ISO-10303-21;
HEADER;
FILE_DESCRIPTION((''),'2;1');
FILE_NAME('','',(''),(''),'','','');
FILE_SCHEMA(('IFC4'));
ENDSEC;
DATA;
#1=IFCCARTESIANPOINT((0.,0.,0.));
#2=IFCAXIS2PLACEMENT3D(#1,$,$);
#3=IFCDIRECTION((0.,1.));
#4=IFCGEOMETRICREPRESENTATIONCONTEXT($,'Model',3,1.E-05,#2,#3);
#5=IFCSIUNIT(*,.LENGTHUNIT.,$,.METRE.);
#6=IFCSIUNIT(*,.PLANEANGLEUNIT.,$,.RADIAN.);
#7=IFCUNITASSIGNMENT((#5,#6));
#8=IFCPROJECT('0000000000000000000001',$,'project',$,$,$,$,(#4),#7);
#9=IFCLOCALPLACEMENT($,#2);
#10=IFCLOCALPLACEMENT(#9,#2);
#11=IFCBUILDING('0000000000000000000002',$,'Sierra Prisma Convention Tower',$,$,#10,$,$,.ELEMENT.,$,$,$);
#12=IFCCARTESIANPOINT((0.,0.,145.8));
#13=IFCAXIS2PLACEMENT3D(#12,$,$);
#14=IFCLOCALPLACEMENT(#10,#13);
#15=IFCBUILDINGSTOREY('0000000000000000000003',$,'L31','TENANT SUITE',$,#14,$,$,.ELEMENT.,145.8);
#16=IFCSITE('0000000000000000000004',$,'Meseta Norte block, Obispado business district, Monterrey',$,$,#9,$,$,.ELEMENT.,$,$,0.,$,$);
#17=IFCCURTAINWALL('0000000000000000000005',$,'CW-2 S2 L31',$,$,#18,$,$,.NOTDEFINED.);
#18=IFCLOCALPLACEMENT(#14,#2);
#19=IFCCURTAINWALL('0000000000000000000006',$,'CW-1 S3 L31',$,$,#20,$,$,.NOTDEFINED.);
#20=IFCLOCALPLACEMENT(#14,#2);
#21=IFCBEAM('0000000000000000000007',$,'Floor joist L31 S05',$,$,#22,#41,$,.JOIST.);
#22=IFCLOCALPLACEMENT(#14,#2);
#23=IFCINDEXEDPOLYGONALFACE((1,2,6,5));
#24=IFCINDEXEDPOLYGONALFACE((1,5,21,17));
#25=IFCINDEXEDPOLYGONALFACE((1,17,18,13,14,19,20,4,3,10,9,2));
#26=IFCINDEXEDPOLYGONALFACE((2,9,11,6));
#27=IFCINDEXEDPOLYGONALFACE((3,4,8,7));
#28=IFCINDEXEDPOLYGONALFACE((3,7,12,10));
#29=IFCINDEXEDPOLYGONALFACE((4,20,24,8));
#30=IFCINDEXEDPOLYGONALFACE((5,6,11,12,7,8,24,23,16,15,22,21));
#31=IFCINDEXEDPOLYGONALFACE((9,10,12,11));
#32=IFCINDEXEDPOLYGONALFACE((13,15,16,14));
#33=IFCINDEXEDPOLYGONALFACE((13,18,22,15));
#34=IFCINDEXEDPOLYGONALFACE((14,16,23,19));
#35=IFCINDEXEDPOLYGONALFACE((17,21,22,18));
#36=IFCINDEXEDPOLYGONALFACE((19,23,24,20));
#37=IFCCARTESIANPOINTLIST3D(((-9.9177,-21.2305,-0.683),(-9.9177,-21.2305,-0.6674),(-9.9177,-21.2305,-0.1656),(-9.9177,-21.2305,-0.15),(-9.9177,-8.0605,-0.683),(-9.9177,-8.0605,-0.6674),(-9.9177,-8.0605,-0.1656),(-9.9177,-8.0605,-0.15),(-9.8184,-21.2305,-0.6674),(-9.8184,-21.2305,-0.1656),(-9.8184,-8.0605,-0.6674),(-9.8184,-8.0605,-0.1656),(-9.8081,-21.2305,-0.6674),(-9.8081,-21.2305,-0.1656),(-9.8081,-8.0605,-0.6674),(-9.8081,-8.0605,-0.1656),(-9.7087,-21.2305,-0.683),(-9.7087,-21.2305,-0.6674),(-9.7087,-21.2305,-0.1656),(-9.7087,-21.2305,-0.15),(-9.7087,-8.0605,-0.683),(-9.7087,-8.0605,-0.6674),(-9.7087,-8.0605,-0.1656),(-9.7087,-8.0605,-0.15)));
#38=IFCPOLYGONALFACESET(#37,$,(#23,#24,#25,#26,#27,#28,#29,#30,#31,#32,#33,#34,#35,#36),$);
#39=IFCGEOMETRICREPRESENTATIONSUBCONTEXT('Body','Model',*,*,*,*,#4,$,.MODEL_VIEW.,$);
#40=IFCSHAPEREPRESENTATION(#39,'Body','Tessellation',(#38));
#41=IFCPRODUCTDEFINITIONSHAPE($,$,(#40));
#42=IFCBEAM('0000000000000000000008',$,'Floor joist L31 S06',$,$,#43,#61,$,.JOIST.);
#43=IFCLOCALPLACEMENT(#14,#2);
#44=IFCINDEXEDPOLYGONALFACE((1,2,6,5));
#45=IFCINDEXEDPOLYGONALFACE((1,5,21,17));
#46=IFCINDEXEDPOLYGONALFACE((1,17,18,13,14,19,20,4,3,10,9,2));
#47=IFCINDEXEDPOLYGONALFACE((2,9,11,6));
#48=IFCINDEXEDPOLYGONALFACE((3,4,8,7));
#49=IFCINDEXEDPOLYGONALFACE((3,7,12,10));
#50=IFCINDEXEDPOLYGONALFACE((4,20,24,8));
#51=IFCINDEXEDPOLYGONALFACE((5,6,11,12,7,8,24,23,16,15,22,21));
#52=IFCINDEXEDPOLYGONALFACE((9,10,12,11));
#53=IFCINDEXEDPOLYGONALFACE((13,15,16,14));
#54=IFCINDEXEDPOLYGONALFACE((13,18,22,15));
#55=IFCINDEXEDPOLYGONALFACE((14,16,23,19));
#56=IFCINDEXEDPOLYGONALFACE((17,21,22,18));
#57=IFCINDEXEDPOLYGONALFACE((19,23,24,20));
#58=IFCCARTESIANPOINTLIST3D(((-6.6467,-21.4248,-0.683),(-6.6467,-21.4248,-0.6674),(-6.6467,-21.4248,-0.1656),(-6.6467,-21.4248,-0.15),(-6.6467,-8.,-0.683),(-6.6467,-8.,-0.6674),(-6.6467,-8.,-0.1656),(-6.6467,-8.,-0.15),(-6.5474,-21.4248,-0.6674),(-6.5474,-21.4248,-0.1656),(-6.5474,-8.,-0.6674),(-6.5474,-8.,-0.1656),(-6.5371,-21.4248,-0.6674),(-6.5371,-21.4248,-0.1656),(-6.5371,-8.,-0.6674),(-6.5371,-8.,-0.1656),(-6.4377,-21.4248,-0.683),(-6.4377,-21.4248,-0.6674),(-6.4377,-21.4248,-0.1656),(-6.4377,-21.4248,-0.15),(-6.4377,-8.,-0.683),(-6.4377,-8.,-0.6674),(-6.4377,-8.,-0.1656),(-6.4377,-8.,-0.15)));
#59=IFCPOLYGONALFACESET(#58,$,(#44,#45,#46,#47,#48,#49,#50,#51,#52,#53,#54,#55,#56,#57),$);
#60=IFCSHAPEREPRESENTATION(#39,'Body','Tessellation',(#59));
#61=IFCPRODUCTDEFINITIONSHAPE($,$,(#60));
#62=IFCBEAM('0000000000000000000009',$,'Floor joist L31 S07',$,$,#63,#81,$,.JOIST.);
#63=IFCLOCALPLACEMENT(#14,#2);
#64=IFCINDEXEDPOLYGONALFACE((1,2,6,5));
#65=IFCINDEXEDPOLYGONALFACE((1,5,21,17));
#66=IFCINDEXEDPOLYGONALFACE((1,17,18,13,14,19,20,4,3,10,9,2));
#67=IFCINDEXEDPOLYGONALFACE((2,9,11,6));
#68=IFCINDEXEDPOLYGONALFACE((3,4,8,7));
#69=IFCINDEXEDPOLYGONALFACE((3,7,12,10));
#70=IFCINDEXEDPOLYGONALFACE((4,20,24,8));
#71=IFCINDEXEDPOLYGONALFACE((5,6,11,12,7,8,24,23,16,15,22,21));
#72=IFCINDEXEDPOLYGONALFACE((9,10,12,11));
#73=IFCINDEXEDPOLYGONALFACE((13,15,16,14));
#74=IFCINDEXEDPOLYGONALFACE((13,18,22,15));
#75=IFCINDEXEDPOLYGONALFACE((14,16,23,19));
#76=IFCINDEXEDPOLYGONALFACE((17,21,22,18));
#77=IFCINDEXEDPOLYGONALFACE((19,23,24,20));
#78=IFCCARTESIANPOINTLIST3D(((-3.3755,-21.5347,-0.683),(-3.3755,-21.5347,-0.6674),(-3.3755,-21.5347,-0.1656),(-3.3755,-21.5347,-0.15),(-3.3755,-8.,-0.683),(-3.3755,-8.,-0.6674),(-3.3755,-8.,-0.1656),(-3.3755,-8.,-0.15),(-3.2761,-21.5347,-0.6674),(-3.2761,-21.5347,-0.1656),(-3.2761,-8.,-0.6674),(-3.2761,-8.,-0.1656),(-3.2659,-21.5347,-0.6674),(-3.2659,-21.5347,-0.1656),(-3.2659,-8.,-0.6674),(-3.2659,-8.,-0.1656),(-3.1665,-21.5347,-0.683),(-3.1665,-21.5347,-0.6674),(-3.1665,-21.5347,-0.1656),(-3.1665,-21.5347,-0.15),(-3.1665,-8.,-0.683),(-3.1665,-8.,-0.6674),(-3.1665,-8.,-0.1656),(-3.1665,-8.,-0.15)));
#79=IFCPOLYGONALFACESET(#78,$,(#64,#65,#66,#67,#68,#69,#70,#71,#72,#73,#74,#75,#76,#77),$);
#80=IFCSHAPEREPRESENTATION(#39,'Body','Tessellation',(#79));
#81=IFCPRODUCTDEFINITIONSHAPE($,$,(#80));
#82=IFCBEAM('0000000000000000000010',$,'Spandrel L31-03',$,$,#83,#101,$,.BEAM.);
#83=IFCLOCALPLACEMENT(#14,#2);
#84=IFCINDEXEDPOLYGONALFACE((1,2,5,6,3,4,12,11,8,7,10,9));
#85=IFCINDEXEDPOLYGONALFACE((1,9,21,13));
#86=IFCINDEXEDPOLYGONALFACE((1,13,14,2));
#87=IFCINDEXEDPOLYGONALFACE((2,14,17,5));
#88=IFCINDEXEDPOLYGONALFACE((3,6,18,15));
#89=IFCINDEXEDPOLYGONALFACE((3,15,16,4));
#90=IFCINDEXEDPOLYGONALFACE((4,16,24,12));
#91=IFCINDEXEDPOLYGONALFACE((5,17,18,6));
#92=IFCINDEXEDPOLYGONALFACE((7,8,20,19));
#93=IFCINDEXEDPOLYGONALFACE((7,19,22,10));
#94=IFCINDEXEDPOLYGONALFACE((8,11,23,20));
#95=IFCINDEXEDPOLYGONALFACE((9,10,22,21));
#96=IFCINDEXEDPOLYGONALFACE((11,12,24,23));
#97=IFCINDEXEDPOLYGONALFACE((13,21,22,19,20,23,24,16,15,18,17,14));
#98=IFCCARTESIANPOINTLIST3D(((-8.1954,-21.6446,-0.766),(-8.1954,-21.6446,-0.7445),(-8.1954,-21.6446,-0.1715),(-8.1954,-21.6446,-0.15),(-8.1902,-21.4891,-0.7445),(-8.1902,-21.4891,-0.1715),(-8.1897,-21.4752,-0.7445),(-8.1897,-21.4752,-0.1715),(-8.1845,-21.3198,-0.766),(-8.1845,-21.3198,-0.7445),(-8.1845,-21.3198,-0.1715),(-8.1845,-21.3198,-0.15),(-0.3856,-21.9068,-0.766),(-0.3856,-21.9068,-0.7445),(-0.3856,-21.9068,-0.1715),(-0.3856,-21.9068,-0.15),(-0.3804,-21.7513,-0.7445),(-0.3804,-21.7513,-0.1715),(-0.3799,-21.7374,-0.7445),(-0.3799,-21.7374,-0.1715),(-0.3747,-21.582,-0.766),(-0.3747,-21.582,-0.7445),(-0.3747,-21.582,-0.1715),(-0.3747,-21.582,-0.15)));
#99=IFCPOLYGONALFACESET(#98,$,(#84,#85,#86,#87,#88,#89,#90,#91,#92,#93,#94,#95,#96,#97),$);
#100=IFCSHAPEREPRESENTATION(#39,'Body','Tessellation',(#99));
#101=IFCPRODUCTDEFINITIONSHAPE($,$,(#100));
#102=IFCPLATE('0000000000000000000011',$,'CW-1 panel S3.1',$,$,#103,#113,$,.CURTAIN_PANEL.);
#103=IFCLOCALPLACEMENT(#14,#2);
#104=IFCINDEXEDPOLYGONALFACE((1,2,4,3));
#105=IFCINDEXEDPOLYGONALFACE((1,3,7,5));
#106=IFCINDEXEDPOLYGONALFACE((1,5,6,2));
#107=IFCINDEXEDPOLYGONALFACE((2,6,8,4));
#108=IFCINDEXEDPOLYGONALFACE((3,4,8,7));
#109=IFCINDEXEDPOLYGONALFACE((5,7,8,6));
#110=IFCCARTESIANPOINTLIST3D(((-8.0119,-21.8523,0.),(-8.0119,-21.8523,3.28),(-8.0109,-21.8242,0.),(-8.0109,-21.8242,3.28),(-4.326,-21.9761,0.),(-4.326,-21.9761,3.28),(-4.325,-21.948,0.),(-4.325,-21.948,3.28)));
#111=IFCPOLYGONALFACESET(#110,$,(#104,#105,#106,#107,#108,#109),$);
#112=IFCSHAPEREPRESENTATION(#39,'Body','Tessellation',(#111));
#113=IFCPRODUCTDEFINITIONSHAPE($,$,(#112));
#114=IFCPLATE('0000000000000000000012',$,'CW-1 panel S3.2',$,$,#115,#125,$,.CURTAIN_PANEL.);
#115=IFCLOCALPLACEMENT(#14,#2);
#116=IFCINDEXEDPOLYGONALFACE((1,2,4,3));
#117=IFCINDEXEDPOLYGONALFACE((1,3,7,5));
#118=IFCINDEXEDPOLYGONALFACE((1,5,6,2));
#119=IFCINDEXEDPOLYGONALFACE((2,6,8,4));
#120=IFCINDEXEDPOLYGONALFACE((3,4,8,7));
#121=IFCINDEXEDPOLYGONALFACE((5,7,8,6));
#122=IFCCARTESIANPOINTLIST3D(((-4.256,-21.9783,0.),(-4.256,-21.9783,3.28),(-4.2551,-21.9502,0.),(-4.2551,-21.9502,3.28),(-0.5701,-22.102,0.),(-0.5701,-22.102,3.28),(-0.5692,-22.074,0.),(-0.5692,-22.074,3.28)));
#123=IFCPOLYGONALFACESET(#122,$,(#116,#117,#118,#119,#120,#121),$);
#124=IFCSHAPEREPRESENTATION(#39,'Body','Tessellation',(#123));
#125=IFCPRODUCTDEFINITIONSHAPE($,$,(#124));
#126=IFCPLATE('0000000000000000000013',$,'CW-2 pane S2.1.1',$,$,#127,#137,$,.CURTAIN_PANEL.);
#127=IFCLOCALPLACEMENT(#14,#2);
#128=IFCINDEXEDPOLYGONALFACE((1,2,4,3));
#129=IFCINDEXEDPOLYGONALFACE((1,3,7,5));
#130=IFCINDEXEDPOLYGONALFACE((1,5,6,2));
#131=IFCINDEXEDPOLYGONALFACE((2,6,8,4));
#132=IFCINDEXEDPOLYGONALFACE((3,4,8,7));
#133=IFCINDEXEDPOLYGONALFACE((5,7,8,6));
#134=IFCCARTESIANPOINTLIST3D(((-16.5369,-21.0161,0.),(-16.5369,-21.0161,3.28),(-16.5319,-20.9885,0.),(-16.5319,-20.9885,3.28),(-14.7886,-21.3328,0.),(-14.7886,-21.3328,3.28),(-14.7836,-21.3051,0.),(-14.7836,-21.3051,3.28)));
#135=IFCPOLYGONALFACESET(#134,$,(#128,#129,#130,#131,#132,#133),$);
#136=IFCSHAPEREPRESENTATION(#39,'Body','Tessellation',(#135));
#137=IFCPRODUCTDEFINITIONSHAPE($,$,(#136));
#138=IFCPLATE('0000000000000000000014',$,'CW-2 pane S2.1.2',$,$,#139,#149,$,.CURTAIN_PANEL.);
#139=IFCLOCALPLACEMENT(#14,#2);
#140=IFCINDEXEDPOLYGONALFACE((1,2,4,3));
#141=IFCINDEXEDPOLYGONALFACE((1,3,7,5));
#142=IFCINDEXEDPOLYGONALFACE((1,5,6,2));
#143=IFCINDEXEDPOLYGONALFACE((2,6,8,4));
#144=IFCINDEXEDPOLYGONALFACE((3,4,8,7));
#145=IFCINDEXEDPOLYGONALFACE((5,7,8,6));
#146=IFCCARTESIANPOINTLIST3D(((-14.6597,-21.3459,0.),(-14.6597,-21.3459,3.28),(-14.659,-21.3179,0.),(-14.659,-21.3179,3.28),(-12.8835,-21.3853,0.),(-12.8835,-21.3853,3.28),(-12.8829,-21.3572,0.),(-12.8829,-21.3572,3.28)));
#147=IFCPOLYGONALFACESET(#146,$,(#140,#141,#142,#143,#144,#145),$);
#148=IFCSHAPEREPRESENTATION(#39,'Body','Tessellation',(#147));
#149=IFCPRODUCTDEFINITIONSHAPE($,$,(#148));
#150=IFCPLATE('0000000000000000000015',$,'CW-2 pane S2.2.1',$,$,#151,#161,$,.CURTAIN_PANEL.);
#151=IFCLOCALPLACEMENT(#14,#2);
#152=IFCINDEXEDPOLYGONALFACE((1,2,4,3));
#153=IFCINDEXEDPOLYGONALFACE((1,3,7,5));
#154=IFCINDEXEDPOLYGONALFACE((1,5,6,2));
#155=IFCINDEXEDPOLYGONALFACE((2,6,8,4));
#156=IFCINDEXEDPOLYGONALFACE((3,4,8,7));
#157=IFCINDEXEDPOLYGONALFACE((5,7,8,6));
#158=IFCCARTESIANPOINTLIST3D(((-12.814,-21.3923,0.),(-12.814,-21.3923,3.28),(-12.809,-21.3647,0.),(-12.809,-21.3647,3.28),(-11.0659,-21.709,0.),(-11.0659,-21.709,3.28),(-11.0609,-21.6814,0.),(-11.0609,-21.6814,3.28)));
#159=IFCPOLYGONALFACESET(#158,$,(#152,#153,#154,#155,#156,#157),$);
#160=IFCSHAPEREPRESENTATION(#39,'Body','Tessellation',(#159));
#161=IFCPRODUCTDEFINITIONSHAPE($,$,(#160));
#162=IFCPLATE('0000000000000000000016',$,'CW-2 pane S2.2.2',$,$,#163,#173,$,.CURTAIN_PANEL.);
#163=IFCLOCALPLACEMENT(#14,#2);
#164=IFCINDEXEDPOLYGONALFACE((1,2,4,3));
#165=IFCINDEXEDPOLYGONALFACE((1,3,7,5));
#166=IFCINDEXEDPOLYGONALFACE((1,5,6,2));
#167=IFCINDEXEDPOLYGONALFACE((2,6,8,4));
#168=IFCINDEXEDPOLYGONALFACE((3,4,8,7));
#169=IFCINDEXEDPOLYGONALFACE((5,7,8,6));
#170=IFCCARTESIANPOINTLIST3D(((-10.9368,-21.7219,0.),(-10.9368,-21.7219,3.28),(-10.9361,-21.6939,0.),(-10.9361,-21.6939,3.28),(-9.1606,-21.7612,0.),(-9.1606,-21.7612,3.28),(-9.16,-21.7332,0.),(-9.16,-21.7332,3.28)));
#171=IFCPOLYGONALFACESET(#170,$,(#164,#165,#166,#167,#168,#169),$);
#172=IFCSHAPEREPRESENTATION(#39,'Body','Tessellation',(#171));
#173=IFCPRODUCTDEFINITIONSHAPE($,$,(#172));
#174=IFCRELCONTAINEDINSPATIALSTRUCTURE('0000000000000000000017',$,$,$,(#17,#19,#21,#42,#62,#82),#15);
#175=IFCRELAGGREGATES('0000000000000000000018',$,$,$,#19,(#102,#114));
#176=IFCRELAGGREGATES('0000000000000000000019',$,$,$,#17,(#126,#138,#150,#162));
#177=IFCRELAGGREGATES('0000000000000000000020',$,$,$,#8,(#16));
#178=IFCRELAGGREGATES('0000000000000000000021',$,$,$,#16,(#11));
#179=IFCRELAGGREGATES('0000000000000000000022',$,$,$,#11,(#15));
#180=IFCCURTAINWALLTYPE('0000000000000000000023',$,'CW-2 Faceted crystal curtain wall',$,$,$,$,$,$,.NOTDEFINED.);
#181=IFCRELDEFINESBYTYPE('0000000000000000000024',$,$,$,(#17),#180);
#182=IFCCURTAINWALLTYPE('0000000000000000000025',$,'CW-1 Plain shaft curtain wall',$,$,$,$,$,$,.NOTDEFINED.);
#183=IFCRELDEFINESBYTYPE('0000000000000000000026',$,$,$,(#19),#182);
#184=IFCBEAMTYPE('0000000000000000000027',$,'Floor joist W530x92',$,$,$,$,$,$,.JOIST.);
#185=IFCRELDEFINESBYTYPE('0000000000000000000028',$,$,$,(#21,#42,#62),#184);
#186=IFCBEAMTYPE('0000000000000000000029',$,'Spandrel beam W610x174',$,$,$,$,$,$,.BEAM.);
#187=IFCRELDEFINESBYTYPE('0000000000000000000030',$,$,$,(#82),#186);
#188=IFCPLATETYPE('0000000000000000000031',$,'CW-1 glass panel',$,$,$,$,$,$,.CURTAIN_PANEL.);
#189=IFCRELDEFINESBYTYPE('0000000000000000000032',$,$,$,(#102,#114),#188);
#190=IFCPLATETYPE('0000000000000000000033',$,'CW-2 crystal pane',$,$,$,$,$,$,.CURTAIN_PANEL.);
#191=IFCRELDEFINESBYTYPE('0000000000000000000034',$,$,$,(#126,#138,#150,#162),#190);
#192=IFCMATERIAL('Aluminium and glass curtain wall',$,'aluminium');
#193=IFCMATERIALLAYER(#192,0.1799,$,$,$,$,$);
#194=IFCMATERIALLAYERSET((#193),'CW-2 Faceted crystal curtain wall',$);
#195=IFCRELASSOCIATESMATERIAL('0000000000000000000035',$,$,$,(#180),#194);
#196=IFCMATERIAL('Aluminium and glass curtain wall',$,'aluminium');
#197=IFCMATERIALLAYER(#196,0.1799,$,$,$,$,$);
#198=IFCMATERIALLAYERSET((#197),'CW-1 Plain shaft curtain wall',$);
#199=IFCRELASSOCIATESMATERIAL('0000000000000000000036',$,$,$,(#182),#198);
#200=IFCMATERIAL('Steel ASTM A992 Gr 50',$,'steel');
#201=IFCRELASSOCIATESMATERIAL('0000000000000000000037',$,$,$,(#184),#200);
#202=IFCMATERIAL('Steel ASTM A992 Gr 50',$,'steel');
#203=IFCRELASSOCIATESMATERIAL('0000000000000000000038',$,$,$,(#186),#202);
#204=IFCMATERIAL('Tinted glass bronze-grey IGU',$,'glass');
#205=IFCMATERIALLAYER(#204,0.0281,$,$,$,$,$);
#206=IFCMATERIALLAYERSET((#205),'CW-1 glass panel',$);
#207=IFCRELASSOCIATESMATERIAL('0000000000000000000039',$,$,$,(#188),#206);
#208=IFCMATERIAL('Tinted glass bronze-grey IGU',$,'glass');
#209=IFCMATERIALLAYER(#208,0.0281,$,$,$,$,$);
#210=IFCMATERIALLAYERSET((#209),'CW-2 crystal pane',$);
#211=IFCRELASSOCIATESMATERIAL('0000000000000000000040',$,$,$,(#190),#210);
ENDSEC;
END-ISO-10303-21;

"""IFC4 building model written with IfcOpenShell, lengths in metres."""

from ifc_helpers import new_model, si_unit, direction, frame, origin, origin_2d, place, context, subcontext, project, spatial, polyline, rectangle, i_section, outline, extrude, material, layer, layer_set, material_profile, profile_set, type_object, element, aggregate, save


model = new_model("IFC4")

# Units and contexts
model_context = context("Model", 3, precision=1e-05, world=origin(), true_north=direction((0.0, 1.0)))
body_context = subcontext(model_context, "Body", "Model", "MODEL_VIEW")
ifc_project = project(units=[si_unit("LENGTHUNIT", "METRE"), si_unit("PLANEANGLEUNIT", "RADIAN")], contexts=[model_context])

# Site, building, storey
site_placement = place(None, origin())
site = spatial("IfcSite", under=ifc_project, at=site_placement, Name="Meseta Norte block, Obispado business district, Monterrey", CompositionType="ELEMENT", RefElevation=0.0)
building_placement = place(site_placement, origin())
building = spatial("IfcBuilding", under=site, at=building_placement, Name="Sierra Prisma Convention Tower", CompositionType="ELEMENT")
storey_placement = place(building_placement, frame((0.0, 0.0, 145.8)))
storey = spatial("IfcBuildingStorey", under=building, at=storey_placement, Name="L31", Description="TENANT SUITE", CompositionType="ELEMENT", Elevation=145.8)

# Curtain walls
ifc_material_1 = material(Name="Aluminium and glass curtain wall", Category="aluminium")
ifc_layer_1 = layer(ifc_material_1, 0.1799)
ifc_layer_set_1 = layer_set([ifc_layer_1], Name="CW-2 Faceted crystal curtain wall")
curtain_wall_type_1 = type_object("IfcCurtainWallType", Name="CW-2 Faceted crystal curtain wall", PredefinedType="NOTDEFINED", material=ifc_layer_set_1)
curtain_wall_1_placement = place(storey_placement, origin())
curtain_wall_1 = element("IfcCurtainWall", 1, at=curtain_wall_1_placement, inside=storey, type_object=curtain_wall_type_1, Name="CW-2 S2 L31", PredefinedType="NOTDEFINED")
ifc_material_2 = material(Name="Aluminium and glass curtain wall", Category="aluminium")
ifc_layer_2 = layer(ifc_material_2, 0.1799)
ifc_layer_set_2 = layer_set([ifc_layer_2], Name="CW-1 Plain shaft curtain wall")
curtain_wall_type_2 = type_object("IfcCurtainWallType", Name="CW-1 Plain shaft curtain wall", PredefinedType="NOTDEFINED", material=ifc_layer_set_2)
curtain_wall_2_placement = place(storey_placement, origin())
curtain_wall_2 = element("IfcCurtainWall", 2, at=curtain_wall_2_placement, inside=storey, type_object=curtain_wall_type_2, Name="CW-1 S3 L31", PredefinedType="NOTDEFINED")

# Beams
ifc_material_3 = material(Name="Steel ASTM A992 Gr 50", Category="steel")
ifc_material_profile_1 = material_profile(ifc_material_3, i_section(OverallWidth=0.209, OverallDepth=0.533, WebThickness=0.0103, FlangeThickness=0.0156, at=origin_2d()), Name="W530x92")
ifc_profile_set_1 = profile_set([ifc_material_profile_1], Name="Steel ASTM A992 Gr 50")
beam_type_1 = type_object("IfcBeamType", Name="Floor joist W530x92", PredefinedType="JOIST", material=ifc_profile_set_1)
beam_1_placement = place(storey_placement, frame((-9.8132, -21.2305, -0.4165), z_axis=(0.0, 1.0, 0.0), x_axis=(-1.0, 0.0, 0.0)))
element("IfcBeam", 3, at=beam_1_placement, inside=storey, type_object=beam_type_1, Name="Floor joist L31 S05", PredefinedType="JOIST", context=body_context, shape_type="SweptSolid", body=[
    extrude(i_section(OverallWidth=0.209, OverallDepth=0.533, WebThickness=0.0103, FlangeThickness=0.0156, at=origin_2d()), origin(), (0.0, 0.0, 1.0), 13.1699),
])
beam_2_placement = place(storey_placement, frame((-6.5422, -21.4248, -0.4165), z_axis=(0.0, 1.0, 0.0), x_axis=(-1.0, 0.0, 0.0)))
element("IfcBeam", 4, at=beam_2_placement, inside=storey, type_object=beam_type_1, Name="Floor joist L31 S06", PredefinedType="JOIST", context=body_context, shape_type="SweptSolid", body=[
    extrude(i_section(OverallWidth=0.209, OverallDepth=0.533, WebThickness=0.0103, FlangeThickness=0.0156, at=origin_2d()), origin(), (0.0, 0.0, 1.0), 13.4248),
])
beam_3_placement = place(storey_placement, frame((-3.271, -21.5347, -0.4165), z_axis=(0.0, 1.0, 0.0), x_axis=(-1.0, 0.0, 0.0)))
element("IfcBeam", 5, at=beam_3_placement, inside=storey, type_object=beam_type_1, Name="Floor joist L31 S07", PredefinedType="JOIST", context=body_context, shape_type="SweptSolid", body=[
    extrude(i_section(OverallWidth=0.209, OverallDepth=0.533, WebThickness=0.0103, FlangeThickness=0.0156, at=origin_2d()), origin(), (0.0, 0.0, 1.0), 13.5347),
])
ifc_material_4 = material(Name="Steel ASTM A992 Gr 50", Category="steel")
ifc_material_profile_2 = material_profile(ifc_material_4, i_section(OverallWidth=0.325, OverallDepth=0.616, WebThickness=0.0139, FlangeThickness=0.0215, at=origin_2d()), Name="W610x174")
ifc_profile_set_2 = profile_set([ifc_material_profile_2], Name="Steel ASTM A992 Gr 50")
beam_type_2 = type_object("IfcBeamType", Name="Spandrel beam W610x174", PredefinedType="BEAM", material=ifc_profile_set_2)
beam_4_placement = place(storey_placement, frame((-8.1899, -21.4822, -0.458), z_axis=(0.999437, -0.033555, 0.0), x_axis=(0.033555, 0.999437, 0.0)))
element("IfcBeam", 6, at=beam_4_placement, inside=storey, type_object=beam_type_2, Name="Spandrel L31-03", PredefinedType="BEAM", context=body_context, shape_type="SweptSolid", body=[
    extrude(i_section(OverallWidth=0.325, OverallDepth=0.616, WebThickness=0.0139, FlangeThickness=0.0215, at=origin_2d()), origin(), (0.0, 0.0, 1.0), 7.8142),
])

# Plates
ifc_material_5 = material(Name="Tinted glass bronze-grey IGU", Category="glass")
ifc_layer_3 = layer(ifc_material_5, 0.0281)
ifc_layer_set_3 = layer_set([ifc_layer_3], Name="CW-1 glass panel")
plate_type_1 = type_object("IfcPlateType", Name="CW-1 glass panel", PredefinedType="CURTAIN_PANEL", material=ifc_layer_set_3)
plate_1_placement = place(storey_placement, frame((-6.1685, -21.9001, 0.0), z_axis=(0.0, 0.0, 1.0), x_axis=(0.999437, -0.033556, 0.0)))
plate_1 = element("IfcPlate", 7, at=plate_1_placement, type_object=plate_type_1, Name="CW-1 panel S3.1", PredefinedType="CURTAIN_PANEL", context=body_context, shape_type="SweptSolid", body=[
    extrude(rectangle(XDim=3.688, YDim=0.0281, at=origin_2d()), origin(), (0.0, 0.0, 1.0), 3.28),
])
plate_2_placement = place(storey_placement, frame((-2.4126, -22.0261, 0.0), z_axis=(0.0, 0.0, 1.0), x_axis=(0.999437, -0.033556, 0.0)))
plate_2 = element("IfcPlate", 8, at=plate_2_placement, type_object=plate_type_1, Name="CW-1 panel S3.2", PredefinedType="CURTAIN_PANEL", context=body_context, shape_type="SweptSolid", body=[
    extrude(rectangle(XDim=3.688, YDim=0.0281, at=origin_2d()), origin(), (0.0, 0.0, 1.0), 3.28),
])
aggregate(curtain_wall_2, [plate_1, plate_2])
ifc_material_6 = material(Name="Tinted glass bronze-grey IGU", Category="glass")
ifc_layer_4 = layer(ifc_material_6, 0.0281)
ifc_layer_set_4 = layer_set([ifc_layer_4], Name="CW-2 crystal pane")
plate_type_2 = type_object("IfcPlateType", Name="CW-2 crystal pane", PredefinedType="CURTAIN_PANEL", material=ifc_layer_set_4)
plate_3_placement = place(storey_placement, frame((-16.5369, -21.0161, 0.0), z_axis=(-0.17822, -0.983991, 0.0), x_axis=(0.983991, -0.17822, 0.0)))
plate_3 = element("IfcPlate", 9, at=plate_3_placement, type_object=plate_type_2, Name="CW-2 pane S2.1.1", PredefinedType="CURTAIN_PANEL", context=body_context, shape_type="SweptSolid", body=[
    extrude(outline(polyline([(0.0, 0.0), (1.7767, 0.0), (1.7767, 3.28), (0.0, 3.28), (0.0, 0.0)])), origin(), (0.0, 0.0, -1.0), 0.0281),
])
plate_4_placement = place(storey_placement, frame((-12.8835, -21.3853, 0.0), z_axis=(-0.022125, -0.999755, 0.0), x_axis=(-0.999755, 0.022125, 0.0)))
plate_4 = element("IfcPlate", 10, at=plate_4_placement, type_object=plate_type_2, Name="CW-2 pane S2.1.2", PredefinedType="CURTAIN_PANEL", context=body_context, shape_type="SweptSolid", body=[
    extrude(outline(polyline([(0.0, 0.0), (1.7766, 0.0), (1.7766, -3.28), (0.0, -3.28), (0.0, 0.0)])), origin(), (0.0, 0.0, -1.0), 0.0281),
])
plate_5_placement = place(storey_placement, frame((-12.814, -21.3923, 0.0), z_axis=(-0.178244, -0.983986, 0.0), x_axis=(0.983986, -0.178244, 0.0)))
plate_5 = element("IfcPlate", 11, at=plate_5_placement, type_object=plate_type_2, Name="CW-2 pane S2.2.1", PredefinedType="CURTAIN_PANEL", context=body_context, shape_type="SweptSolid", body=[
    extrude(outline(polyline([(0.0, 0.0), (1.7765, 0.0), (1.7765, 3.28), (0.0, 3.28), (0.0, 0.0)])), origin(), (0.0, 0.0, -1.0), 0.0281),
])
plate_6_placement = place(storey_placement, frame((-9.1606, -21.7612, 0.0), z_axis=(-0.022125, -0.999755, 0.0), x_axis=(-0.999755, 0.022125, 0.0)))
plate_6 = element("IfcPlate", 12, at=plate_6_placement, type_object=plate_type_2, Name="CW-2 pane S2.2.2", PredefinedType="CURTAIN_PANEL", context=body_context, shape_type="SweptSolid", body=[
    extrude(outline(polyline([(0.0, 0.0), (1.7766, 0.0), (1.7766, -3.28), (0.0, -3.28), (0.0, 0.0)])), origin(), (0.0, 0.0, -1.0), 0.0281),
])
aggregate(curtain_wall_1, [plate_3, plate_4, plate_5, plate_6])

save(model, "model.ifc")
